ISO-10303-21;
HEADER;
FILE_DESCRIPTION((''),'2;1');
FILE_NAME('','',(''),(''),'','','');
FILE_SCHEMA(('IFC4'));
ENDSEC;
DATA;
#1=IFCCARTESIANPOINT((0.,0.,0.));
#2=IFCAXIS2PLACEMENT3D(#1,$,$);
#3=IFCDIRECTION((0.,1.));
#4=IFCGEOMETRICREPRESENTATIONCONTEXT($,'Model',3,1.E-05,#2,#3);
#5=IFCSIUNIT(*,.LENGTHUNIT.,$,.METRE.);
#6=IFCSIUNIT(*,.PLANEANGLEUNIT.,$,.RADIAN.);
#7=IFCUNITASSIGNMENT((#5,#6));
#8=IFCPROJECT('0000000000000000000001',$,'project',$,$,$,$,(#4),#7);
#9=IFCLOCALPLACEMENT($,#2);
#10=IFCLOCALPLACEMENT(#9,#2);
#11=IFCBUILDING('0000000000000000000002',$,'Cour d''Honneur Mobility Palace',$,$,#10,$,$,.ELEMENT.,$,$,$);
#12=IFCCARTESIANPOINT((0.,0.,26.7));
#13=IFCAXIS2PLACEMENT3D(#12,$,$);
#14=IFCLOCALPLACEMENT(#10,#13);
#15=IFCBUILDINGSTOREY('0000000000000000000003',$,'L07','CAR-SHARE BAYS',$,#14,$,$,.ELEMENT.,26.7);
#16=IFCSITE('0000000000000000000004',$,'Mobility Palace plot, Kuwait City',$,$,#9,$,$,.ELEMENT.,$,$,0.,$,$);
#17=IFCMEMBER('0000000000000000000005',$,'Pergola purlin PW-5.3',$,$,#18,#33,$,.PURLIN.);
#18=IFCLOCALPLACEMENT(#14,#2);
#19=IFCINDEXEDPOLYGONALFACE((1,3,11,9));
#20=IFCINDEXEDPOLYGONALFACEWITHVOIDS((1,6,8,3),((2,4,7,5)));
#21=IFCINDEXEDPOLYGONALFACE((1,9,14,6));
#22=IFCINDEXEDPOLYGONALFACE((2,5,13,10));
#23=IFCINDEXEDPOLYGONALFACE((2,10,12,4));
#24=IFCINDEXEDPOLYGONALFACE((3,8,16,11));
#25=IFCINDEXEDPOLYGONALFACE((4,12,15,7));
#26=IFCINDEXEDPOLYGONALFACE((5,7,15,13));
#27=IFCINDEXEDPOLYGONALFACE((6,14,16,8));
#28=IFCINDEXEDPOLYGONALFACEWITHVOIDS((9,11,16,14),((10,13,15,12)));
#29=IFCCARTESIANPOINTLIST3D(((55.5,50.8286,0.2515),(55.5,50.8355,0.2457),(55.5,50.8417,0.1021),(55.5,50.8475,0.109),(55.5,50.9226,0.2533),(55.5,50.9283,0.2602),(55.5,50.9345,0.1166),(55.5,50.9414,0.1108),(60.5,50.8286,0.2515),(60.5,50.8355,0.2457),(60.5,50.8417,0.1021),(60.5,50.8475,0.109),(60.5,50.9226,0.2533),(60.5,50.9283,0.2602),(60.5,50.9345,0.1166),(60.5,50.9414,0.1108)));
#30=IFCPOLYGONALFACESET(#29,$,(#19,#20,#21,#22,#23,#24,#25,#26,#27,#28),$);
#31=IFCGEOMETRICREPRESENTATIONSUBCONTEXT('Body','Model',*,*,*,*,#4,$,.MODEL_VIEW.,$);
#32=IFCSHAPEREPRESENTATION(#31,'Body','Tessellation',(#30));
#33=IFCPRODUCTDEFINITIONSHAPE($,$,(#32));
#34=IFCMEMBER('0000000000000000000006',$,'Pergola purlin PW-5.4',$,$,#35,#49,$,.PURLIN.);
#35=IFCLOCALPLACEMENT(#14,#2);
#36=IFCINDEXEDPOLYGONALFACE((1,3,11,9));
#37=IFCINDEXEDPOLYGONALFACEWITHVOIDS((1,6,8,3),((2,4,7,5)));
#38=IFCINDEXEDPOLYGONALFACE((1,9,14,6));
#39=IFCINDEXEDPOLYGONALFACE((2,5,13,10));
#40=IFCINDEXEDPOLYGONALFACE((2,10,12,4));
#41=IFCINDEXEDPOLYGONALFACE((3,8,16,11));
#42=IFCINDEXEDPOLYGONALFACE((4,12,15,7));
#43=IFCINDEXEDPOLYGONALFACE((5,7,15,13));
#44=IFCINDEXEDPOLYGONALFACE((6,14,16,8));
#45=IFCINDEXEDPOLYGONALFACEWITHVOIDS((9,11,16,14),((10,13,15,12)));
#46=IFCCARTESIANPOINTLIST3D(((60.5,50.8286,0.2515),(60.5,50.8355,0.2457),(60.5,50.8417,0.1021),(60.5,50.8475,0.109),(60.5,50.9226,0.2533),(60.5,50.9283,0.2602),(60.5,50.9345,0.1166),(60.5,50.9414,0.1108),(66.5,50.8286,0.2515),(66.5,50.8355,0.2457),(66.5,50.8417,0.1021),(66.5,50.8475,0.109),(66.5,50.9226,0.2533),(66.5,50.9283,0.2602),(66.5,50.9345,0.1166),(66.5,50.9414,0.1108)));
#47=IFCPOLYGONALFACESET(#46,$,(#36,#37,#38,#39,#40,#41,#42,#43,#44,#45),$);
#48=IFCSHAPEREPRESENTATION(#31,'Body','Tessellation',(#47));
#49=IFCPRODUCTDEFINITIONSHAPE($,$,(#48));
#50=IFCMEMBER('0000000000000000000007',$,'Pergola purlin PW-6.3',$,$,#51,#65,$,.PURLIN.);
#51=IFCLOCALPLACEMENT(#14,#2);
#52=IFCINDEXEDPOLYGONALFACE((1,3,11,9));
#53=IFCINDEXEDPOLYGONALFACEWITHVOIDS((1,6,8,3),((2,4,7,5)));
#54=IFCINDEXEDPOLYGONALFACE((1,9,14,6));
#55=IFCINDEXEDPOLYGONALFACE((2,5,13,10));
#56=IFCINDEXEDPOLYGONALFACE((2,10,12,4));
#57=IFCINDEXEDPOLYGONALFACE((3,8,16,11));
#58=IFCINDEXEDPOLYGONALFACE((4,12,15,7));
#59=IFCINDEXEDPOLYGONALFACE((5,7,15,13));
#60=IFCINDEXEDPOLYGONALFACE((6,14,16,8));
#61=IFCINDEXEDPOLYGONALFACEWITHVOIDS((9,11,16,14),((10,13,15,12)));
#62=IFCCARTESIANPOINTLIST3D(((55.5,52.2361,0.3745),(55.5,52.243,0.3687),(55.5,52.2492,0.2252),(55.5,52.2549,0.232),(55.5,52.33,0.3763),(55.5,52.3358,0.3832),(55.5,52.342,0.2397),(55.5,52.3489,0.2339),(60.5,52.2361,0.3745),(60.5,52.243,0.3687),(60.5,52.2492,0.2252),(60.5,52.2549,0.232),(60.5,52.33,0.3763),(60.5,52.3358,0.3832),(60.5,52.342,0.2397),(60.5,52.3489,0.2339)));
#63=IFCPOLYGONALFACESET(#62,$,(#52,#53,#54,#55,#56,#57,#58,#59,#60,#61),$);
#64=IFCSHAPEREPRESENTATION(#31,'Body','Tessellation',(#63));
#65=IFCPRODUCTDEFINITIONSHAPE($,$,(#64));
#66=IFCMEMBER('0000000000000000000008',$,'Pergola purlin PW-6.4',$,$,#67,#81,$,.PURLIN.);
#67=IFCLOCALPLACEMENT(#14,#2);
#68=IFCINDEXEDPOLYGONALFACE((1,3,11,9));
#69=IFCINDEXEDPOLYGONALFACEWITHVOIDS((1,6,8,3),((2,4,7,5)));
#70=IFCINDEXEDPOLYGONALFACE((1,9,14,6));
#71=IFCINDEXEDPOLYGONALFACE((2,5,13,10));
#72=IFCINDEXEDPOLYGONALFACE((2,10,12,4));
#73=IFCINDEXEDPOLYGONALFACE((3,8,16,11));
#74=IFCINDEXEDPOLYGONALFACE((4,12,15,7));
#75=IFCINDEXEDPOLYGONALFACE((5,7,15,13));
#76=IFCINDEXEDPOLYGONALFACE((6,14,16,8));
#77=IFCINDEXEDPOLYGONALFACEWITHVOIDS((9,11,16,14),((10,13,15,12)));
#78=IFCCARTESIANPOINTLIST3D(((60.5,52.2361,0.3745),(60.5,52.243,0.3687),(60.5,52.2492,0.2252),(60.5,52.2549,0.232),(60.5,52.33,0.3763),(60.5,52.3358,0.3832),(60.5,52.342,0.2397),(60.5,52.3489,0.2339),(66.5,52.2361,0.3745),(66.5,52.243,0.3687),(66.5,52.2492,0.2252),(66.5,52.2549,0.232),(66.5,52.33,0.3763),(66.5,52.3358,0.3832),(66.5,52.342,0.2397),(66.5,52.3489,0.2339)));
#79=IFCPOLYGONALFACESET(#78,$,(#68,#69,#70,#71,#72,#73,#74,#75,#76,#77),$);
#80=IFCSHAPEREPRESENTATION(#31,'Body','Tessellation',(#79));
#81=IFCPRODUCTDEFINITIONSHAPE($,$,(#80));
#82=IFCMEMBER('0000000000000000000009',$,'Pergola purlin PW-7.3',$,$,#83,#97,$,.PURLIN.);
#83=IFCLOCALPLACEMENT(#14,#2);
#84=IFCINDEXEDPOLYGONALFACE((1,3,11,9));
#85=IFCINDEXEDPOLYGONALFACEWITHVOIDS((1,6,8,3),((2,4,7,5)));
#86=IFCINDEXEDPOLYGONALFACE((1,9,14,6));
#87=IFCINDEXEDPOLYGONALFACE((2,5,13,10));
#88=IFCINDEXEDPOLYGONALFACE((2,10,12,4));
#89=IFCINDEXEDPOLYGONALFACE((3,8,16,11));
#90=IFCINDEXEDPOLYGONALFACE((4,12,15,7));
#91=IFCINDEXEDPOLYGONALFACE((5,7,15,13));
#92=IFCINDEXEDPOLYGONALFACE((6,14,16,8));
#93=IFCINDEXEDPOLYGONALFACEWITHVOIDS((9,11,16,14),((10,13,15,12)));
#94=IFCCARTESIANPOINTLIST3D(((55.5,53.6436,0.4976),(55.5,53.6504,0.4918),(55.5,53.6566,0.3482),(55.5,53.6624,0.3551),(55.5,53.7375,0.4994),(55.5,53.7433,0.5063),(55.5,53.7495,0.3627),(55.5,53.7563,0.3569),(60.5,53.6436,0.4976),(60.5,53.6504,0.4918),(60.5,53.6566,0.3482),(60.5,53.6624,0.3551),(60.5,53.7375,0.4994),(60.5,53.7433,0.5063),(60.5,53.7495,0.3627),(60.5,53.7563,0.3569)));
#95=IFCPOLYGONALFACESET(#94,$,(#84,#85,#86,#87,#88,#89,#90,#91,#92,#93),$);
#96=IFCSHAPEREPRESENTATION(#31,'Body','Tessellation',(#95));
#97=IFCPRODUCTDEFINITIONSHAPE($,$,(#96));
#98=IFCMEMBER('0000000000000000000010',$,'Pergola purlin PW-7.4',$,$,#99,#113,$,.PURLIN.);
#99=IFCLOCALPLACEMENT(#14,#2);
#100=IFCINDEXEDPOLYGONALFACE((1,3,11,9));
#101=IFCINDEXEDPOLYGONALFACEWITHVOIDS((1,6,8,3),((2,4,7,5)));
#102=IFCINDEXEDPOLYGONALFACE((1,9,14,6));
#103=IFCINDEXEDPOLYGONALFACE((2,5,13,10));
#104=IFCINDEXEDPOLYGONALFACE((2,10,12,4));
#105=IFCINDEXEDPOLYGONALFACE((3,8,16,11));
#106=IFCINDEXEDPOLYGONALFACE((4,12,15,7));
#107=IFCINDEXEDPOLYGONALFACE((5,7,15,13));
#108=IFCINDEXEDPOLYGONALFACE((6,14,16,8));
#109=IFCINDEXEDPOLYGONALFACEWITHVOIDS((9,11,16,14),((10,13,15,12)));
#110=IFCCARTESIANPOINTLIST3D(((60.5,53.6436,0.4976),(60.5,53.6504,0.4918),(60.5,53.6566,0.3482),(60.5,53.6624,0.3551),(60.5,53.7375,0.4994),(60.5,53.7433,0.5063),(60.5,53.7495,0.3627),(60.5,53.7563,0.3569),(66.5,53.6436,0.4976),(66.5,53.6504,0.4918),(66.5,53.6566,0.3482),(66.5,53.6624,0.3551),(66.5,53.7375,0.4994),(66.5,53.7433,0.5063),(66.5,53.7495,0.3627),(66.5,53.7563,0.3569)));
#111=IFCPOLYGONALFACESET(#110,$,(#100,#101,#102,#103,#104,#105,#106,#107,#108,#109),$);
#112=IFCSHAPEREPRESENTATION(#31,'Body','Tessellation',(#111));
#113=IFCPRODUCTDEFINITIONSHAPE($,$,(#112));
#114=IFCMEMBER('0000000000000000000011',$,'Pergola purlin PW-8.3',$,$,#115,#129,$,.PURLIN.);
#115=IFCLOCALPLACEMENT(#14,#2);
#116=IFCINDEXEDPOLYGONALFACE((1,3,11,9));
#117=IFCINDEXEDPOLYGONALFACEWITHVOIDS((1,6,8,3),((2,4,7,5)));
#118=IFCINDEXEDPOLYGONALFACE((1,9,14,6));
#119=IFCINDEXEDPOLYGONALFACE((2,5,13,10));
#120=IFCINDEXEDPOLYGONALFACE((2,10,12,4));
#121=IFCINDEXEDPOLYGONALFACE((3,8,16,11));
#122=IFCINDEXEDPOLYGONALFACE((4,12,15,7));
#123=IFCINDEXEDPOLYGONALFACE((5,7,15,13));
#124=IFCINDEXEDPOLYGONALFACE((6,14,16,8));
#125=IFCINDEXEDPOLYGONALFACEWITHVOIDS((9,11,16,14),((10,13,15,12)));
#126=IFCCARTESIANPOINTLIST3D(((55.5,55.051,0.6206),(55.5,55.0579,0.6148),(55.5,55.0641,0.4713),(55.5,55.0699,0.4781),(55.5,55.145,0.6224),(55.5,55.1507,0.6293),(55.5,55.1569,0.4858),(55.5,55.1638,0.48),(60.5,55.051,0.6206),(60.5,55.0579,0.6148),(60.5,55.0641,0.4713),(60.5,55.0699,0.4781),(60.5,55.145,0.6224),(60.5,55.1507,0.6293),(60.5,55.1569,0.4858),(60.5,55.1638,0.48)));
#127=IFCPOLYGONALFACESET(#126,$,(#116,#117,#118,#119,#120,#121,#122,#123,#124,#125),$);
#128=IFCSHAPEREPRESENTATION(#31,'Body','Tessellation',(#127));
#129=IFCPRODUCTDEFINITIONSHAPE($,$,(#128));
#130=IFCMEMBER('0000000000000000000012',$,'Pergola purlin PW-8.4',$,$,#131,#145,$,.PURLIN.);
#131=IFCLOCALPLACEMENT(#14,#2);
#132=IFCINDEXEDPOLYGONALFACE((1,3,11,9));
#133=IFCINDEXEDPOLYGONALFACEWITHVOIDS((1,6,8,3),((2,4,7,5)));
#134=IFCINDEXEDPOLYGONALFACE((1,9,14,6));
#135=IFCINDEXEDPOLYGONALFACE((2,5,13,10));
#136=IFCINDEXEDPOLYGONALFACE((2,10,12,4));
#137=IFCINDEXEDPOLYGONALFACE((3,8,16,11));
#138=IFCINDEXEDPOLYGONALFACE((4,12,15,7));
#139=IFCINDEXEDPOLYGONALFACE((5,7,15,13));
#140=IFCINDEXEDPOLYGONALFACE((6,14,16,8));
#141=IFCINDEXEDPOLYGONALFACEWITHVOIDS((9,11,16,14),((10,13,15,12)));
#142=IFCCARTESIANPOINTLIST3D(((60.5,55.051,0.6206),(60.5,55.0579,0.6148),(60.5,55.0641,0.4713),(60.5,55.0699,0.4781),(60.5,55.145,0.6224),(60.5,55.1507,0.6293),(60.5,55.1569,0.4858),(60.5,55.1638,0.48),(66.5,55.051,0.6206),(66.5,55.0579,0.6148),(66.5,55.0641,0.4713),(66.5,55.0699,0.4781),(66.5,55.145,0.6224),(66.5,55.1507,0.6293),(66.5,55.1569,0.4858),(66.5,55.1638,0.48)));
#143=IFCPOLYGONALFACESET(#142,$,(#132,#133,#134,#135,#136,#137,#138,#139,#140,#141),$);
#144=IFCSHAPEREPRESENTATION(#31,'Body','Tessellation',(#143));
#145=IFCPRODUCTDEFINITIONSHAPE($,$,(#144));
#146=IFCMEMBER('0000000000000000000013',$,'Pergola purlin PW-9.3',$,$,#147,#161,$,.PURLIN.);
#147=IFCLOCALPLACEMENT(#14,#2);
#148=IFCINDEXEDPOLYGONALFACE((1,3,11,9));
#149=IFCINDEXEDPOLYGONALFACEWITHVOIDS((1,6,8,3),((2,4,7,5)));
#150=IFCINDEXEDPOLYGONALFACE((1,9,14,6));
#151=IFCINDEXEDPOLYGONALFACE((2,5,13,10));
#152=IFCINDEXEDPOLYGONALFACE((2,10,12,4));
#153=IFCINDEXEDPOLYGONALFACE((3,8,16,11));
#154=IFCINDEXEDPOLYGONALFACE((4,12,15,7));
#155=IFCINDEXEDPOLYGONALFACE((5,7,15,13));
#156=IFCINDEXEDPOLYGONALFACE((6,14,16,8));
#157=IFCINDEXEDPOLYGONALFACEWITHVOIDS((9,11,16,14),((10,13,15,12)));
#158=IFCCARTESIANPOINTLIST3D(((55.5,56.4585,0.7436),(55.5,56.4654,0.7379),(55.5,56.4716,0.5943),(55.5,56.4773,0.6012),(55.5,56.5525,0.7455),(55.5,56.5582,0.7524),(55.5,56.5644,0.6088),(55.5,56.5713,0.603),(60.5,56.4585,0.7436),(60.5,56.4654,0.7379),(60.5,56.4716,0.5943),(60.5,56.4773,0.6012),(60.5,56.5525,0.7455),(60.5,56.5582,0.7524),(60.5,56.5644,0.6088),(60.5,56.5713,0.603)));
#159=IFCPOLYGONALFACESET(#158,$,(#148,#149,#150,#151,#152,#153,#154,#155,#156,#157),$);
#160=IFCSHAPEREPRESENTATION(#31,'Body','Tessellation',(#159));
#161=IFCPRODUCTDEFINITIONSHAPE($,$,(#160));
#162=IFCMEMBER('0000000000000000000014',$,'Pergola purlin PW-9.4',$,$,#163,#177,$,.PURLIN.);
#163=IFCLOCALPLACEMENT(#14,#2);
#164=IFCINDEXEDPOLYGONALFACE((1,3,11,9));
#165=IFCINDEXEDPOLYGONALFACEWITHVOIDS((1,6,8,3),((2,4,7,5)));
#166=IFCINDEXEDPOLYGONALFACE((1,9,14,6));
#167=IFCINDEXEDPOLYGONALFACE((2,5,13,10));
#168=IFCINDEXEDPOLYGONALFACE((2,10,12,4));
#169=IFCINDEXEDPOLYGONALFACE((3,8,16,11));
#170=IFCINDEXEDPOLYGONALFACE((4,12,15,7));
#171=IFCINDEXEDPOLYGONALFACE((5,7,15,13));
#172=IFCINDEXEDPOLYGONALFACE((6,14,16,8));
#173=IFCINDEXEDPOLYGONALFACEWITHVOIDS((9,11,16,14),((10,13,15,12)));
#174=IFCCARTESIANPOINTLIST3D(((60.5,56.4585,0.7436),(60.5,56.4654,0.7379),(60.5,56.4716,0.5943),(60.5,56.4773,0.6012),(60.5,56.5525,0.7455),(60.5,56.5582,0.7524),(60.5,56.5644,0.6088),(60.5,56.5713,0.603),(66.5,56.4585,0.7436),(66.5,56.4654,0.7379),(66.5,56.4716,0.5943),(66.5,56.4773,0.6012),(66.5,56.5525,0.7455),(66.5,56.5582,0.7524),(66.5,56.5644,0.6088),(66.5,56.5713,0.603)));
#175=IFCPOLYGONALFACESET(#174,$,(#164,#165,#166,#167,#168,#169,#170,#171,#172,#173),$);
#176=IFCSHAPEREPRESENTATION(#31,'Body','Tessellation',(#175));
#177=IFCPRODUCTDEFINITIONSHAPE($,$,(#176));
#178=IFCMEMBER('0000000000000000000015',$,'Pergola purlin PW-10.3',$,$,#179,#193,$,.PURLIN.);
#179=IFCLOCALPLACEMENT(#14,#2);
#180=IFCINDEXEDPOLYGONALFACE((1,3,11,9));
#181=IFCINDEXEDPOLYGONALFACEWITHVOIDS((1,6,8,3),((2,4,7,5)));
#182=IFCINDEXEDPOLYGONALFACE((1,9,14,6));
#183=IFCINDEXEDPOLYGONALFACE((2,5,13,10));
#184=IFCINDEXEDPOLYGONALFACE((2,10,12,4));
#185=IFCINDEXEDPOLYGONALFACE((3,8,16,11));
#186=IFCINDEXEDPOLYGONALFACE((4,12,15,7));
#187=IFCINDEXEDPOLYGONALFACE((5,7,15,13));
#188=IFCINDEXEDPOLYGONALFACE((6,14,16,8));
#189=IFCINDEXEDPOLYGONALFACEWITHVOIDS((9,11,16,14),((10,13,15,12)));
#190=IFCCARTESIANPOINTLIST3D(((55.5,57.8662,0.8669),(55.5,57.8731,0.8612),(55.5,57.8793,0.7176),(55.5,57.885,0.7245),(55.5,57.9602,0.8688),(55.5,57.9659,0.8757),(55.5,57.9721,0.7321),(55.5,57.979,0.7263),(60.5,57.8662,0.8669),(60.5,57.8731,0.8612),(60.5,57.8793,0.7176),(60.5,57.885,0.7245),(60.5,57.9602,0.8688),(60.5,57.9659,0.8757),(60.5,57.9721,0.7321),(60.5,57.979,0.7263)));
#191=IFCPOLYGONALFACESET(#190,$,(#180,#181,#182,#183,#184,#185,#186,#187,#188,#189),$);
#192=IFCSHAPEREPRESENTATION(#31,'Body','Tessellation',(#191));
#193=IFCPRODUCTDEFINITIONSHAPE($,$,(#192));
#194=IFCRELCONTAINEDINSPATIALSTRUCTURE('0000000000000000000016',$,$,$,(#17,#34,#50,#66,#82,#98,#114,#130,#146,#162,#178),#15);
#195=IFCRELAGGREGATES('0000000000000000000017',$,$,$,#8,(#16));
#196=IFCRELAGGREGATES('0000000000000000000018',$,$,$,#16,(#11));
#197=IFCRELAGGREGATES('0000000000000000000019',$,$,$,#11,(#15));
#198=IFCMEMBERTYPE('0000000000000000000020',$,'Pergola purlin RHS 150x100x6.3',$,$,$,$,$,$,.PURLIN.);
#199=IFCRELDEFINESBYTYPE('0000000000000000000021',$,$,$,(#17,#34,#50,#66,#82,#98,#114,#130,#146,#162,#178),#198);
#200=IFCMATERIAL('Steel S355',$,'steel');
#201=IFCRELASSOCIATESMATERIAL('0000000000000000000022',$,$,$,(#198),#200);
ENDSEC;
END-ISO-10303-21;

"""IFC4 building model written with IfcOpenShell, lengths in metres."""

from ifc_helpers import new_model, si_unit, direction, frame, origin, origin_2d, place, context, subcontext, project, spatial, hollow_rectangle, extrude, material, material_profile, profile_set, type_object, element, save


model = new_model("IFC4")

# Units and contexts
model_context = context("Model", 3, precision=1e-05, world=origin(), true_north=direction((0.0, 1.0)))
body_context = subcontext(model_context, "Body", "Model", "MODEL_VIEW")
ifc_project = project(units=[si_unit("LENGTHUNIT", "METRE"), si_unit("PLANEANGLEUNIT", "RADIAN")], contexts=[model_context])

# Site, building, storey
site_placement = place(None, origin())
site = spatial("IfcSite", under=ifc_project, at=site_placement, Name="Mobility Palace plot, Kuwait City", CompositionType="ELEMENT", RefElevation=0.0)
building_placement = place(site_placement, origin())
building = spatial("IfcBuilding", under=site, at=building_placement, Name="Cour d'Honneur Mobility Palace", CompositionType="ELEMENT")
storey_placement = place(building_placement, frame((0.0, 0.0, 26.7)))
storey = spatial("IfcBuildingStorey", under=building, at=storey_placement, Name="L07", Description="CAR-SHARE BAYS", CompositionType="ELEMENT", Elevation=26.7)

# Members
ifc_material_1 = material(Name="Steel S355", Category="steel")
ifc_material_profile = material_profile(ifc_material_1, hollow_rectangle(XDim=0.1001, YDim=0.1499, WallThickness=0.0063, at=origin_2d()), Name="RHS 150x100x6.3")
ifc_profile_set = profile_set([ifc_material_profile], Name="Steel S355")
member_type = type_object("IfcMemberType", Name="Pergola purlin RHS 150x100x6.3", PredefinedType="PURLIN", material=ifc_profile_set)
member_1_placement = place(storey_placement, frame((55.5, 50.885, 0.1812), z_axis=(1.0, 0.0, 0.0), x_axis=(0.0, 0.996197, 0.087131)))
element("IfcMember", 1, at=member_1_placement, inside=storey, type_object=member_type, Name="Pergola purlin PW-5.3", PredefinedType="PURLIN", context=body_context, shape_type="SweptSolid", body=[
    extrude(hollow_rectangle(XDim=0.1001, YDim=0.1499, WallThickness=0.0063, at=origin_2d()), origin(), (0.0, 0.0, 1.0), 5.0),
])
member_2_placement = place(storey_placement, frame((60.5, 50.885, 0.1812), z_axis=(1.0, 0.0, 0.0), x_axis=(0.0, 0.996197, 0.087131)))
element("IfcMember", 2, at=member_2_placement, inside=storey, type_object=member_type, Name="Pergola purlin PW-5.4", PredefinedType="PURLIN", context=body_context, shape_type="SweptSolid", body=[
    extrude(hollow_rectangle(XDim=0.1001, YDim=0.1499, WallThickness=0.0063, at=origin_2d()), origin(), (0.0, 0.0, 1.0), 6.0),
])
member_3_placement = place(storey_placement, frame((55.5, 52.2925, 0.3042), z_axis=(1.0, 0.0, 0.0), x_axis=(0.0, 0.996197, 0.087131)))
element("IfcMember", 3, at=member_3_placement, inside=storey, type_object=member_type, Name="Pergola purlin PW-6.3", PredefinedType="PURLIN", context=body_context, shape_type="SweptSolid", body=[
    extrude(hollow_rectangle(XDim=0.1001, YDim=0.1499, WallThickness=0.0063, at=origin_2d()), origin(), (0.0, 0.0, 1.0), 5.0),
])
member_4_placement = place(storey_placement, frame((60.5, 52.2925, 0.3042), z_axis=(1.0, 0.0, 0.0), x_axis=(0.0, 0.996197, 0.087131)))
element("IfcMember", 4, at=member_4_placement, inside=storey, type_object=member_type, Name="Pergola purlin PW-6.4", PredefinedType="PURLIN", context=body_context, shape_type="SweptSolid", body=[
    extrude(hollow_rectangle(XDim=0.1001, YDim=0.1499, WallThickness=0.0063, at=origin_2d()), origin(), (0.0, 0.0, 1.0), 6.0),
])
member_5_placement = place(storey_placement, frame((55.5, 53.7, 0.4272), z_axis=(1.0, 0.0, 0.0), x_axis=(0.0, 0.996197, 0.087131)))
element("IfcMember", 5, at=member_5_placement, inside=storey, type_object=member_type, Name="Pergola purlin PW-7.3", PredefinedType="PURLIN", context=body_context, shape_type="SweptSolid", body=[
    extrude(hollow_rectangle(XDim=0.1001, YDim=0.1499, WallThickness=0.0063, at=origin_2d()), origin(), (0.0, 0.0, 1.0), 5.0),
])
member_6_placement = place(storey_placement, frame((60.5, 53.7, 0.4272), z_axis=(1.0, 0.0, 0.0), x_axis=(0.0, 0.996197, 0.087131)))
element("IfcMember", 6, at=member_6_placement, inside=storey, type_object=member_type, Name="Pergola purlin PW-7.4", PredefinedType="PURLIN", context=body_context, shape_type="SweptSolid", body=[
    extrude(hollow_rectangle(XDim=0.1001, YDim=0.1499, WallThickness=0.0063, at=origin_2d()), origin(), (0.0, 0.0, 1.0), 6.0),
])
member_7_placement = place(storey_placement, frame((55.5, 55.1074, 0.5503), z_axis=(1.0, 0.0, 0.0), x_axis=(0.0, 0.996197, 0.087131)))
element("IfcMember", 7, at=member_7_placement, inside=storey, type_object=member_type, Name="Pergola purlin PW-8.3", PredefinedType="PURLIN", context=body_context, shape_type="SweptSolid", body=[
    extrude(hollow_rectangle(XDim=0.1001, YDim=0.1499, WallThickness=0.0063, at=origin_2d()), origin(), (0.0, 0.0, 1.0), 5.0),
])
member_8_placement = place(storey_placement, frame((60.5, 55.1074, 0.5503), z_axis=(1.0, 0.0, 0.0), x_axis=(0.0, 0.996197, 0.087131)))
element("IfcMember", 8, at=member_8_placement, inside=storey, type_object=member_type, Name="Pergola purlin PW-8.4", PredefinedType="PURLIN", context=body_context, shape_type="SweptSolid", body=[
    extrude(hollow_rectangle(XDim=0.1001, YDim=0.1499, WallThickness=0.0063, at=origin_2d()), origin(), (0.0, 0.0, 1.0), 6.0),
])
member_9_placement = place(storey_placement, frame((55.5, 56.5149, 0.6733), z_axis=(1.0, 0.0, 0.0), x_axis=(0.0, 0.996197, 0.087131)))
element("IfcMember", 9, at=member_9_placement, inside=storey, type_object=member_type, Name="Pergola purlin PW-9.3", PredefinedType="PURLIN", context=body_context, shape_type="SweptSolid", body=[
    extrude(hollow_rectangle(XDim=0.1001, YDim=0.1499, WallThickness=0.0063, at=origin_2d()), origin(), (0.0, 0.0, 1.0), 5.0),
])
member_10_placement = place(storey_placement, frame((60.5, 56.5149, 0.6733), z_axis=(1.0, 0.0, 0.0), x_axis=(0.0, 0.996197, 0.087131)))
element("IfcMember", 10, at=member_10_placement, inside=storey, type_object=member_type, Name="Pergola purlin PW-9.4", PredefinedType="PURLIN", context=body_context, shape_type="SweptSolid", body=[
    extrude(hollow_rectangle(XDim=0.1001, YDim=0.1499, WallThickness=0.0063, at=origin_2d()), origin(), (0.0, 0.0, 1.0), 6.0),
])
member_11_placement = place(storey_placement, frame((55.5, 57.9226, 0.7966), z_axis=(1.0, 0.0, 0.0), x_axis=(0.0, 0.996197, 0.087131)))
element("IfcMember", 11, at=member_11_placement, inside=storey, type_object=member_type, Name="Pergola purlin PW-10.3", PredefinedType="PURLIN", context=body_context, shape_type="SweptSolid", body=[
    extrude(hollow_rectangle(XDim=0.1001, YDim=0.1499, WallThickness=0.0063, at=origin_2d()), origin(), (0.0, 0.0, 1.0), 5.0),
])

save(model, "model.ifc")
